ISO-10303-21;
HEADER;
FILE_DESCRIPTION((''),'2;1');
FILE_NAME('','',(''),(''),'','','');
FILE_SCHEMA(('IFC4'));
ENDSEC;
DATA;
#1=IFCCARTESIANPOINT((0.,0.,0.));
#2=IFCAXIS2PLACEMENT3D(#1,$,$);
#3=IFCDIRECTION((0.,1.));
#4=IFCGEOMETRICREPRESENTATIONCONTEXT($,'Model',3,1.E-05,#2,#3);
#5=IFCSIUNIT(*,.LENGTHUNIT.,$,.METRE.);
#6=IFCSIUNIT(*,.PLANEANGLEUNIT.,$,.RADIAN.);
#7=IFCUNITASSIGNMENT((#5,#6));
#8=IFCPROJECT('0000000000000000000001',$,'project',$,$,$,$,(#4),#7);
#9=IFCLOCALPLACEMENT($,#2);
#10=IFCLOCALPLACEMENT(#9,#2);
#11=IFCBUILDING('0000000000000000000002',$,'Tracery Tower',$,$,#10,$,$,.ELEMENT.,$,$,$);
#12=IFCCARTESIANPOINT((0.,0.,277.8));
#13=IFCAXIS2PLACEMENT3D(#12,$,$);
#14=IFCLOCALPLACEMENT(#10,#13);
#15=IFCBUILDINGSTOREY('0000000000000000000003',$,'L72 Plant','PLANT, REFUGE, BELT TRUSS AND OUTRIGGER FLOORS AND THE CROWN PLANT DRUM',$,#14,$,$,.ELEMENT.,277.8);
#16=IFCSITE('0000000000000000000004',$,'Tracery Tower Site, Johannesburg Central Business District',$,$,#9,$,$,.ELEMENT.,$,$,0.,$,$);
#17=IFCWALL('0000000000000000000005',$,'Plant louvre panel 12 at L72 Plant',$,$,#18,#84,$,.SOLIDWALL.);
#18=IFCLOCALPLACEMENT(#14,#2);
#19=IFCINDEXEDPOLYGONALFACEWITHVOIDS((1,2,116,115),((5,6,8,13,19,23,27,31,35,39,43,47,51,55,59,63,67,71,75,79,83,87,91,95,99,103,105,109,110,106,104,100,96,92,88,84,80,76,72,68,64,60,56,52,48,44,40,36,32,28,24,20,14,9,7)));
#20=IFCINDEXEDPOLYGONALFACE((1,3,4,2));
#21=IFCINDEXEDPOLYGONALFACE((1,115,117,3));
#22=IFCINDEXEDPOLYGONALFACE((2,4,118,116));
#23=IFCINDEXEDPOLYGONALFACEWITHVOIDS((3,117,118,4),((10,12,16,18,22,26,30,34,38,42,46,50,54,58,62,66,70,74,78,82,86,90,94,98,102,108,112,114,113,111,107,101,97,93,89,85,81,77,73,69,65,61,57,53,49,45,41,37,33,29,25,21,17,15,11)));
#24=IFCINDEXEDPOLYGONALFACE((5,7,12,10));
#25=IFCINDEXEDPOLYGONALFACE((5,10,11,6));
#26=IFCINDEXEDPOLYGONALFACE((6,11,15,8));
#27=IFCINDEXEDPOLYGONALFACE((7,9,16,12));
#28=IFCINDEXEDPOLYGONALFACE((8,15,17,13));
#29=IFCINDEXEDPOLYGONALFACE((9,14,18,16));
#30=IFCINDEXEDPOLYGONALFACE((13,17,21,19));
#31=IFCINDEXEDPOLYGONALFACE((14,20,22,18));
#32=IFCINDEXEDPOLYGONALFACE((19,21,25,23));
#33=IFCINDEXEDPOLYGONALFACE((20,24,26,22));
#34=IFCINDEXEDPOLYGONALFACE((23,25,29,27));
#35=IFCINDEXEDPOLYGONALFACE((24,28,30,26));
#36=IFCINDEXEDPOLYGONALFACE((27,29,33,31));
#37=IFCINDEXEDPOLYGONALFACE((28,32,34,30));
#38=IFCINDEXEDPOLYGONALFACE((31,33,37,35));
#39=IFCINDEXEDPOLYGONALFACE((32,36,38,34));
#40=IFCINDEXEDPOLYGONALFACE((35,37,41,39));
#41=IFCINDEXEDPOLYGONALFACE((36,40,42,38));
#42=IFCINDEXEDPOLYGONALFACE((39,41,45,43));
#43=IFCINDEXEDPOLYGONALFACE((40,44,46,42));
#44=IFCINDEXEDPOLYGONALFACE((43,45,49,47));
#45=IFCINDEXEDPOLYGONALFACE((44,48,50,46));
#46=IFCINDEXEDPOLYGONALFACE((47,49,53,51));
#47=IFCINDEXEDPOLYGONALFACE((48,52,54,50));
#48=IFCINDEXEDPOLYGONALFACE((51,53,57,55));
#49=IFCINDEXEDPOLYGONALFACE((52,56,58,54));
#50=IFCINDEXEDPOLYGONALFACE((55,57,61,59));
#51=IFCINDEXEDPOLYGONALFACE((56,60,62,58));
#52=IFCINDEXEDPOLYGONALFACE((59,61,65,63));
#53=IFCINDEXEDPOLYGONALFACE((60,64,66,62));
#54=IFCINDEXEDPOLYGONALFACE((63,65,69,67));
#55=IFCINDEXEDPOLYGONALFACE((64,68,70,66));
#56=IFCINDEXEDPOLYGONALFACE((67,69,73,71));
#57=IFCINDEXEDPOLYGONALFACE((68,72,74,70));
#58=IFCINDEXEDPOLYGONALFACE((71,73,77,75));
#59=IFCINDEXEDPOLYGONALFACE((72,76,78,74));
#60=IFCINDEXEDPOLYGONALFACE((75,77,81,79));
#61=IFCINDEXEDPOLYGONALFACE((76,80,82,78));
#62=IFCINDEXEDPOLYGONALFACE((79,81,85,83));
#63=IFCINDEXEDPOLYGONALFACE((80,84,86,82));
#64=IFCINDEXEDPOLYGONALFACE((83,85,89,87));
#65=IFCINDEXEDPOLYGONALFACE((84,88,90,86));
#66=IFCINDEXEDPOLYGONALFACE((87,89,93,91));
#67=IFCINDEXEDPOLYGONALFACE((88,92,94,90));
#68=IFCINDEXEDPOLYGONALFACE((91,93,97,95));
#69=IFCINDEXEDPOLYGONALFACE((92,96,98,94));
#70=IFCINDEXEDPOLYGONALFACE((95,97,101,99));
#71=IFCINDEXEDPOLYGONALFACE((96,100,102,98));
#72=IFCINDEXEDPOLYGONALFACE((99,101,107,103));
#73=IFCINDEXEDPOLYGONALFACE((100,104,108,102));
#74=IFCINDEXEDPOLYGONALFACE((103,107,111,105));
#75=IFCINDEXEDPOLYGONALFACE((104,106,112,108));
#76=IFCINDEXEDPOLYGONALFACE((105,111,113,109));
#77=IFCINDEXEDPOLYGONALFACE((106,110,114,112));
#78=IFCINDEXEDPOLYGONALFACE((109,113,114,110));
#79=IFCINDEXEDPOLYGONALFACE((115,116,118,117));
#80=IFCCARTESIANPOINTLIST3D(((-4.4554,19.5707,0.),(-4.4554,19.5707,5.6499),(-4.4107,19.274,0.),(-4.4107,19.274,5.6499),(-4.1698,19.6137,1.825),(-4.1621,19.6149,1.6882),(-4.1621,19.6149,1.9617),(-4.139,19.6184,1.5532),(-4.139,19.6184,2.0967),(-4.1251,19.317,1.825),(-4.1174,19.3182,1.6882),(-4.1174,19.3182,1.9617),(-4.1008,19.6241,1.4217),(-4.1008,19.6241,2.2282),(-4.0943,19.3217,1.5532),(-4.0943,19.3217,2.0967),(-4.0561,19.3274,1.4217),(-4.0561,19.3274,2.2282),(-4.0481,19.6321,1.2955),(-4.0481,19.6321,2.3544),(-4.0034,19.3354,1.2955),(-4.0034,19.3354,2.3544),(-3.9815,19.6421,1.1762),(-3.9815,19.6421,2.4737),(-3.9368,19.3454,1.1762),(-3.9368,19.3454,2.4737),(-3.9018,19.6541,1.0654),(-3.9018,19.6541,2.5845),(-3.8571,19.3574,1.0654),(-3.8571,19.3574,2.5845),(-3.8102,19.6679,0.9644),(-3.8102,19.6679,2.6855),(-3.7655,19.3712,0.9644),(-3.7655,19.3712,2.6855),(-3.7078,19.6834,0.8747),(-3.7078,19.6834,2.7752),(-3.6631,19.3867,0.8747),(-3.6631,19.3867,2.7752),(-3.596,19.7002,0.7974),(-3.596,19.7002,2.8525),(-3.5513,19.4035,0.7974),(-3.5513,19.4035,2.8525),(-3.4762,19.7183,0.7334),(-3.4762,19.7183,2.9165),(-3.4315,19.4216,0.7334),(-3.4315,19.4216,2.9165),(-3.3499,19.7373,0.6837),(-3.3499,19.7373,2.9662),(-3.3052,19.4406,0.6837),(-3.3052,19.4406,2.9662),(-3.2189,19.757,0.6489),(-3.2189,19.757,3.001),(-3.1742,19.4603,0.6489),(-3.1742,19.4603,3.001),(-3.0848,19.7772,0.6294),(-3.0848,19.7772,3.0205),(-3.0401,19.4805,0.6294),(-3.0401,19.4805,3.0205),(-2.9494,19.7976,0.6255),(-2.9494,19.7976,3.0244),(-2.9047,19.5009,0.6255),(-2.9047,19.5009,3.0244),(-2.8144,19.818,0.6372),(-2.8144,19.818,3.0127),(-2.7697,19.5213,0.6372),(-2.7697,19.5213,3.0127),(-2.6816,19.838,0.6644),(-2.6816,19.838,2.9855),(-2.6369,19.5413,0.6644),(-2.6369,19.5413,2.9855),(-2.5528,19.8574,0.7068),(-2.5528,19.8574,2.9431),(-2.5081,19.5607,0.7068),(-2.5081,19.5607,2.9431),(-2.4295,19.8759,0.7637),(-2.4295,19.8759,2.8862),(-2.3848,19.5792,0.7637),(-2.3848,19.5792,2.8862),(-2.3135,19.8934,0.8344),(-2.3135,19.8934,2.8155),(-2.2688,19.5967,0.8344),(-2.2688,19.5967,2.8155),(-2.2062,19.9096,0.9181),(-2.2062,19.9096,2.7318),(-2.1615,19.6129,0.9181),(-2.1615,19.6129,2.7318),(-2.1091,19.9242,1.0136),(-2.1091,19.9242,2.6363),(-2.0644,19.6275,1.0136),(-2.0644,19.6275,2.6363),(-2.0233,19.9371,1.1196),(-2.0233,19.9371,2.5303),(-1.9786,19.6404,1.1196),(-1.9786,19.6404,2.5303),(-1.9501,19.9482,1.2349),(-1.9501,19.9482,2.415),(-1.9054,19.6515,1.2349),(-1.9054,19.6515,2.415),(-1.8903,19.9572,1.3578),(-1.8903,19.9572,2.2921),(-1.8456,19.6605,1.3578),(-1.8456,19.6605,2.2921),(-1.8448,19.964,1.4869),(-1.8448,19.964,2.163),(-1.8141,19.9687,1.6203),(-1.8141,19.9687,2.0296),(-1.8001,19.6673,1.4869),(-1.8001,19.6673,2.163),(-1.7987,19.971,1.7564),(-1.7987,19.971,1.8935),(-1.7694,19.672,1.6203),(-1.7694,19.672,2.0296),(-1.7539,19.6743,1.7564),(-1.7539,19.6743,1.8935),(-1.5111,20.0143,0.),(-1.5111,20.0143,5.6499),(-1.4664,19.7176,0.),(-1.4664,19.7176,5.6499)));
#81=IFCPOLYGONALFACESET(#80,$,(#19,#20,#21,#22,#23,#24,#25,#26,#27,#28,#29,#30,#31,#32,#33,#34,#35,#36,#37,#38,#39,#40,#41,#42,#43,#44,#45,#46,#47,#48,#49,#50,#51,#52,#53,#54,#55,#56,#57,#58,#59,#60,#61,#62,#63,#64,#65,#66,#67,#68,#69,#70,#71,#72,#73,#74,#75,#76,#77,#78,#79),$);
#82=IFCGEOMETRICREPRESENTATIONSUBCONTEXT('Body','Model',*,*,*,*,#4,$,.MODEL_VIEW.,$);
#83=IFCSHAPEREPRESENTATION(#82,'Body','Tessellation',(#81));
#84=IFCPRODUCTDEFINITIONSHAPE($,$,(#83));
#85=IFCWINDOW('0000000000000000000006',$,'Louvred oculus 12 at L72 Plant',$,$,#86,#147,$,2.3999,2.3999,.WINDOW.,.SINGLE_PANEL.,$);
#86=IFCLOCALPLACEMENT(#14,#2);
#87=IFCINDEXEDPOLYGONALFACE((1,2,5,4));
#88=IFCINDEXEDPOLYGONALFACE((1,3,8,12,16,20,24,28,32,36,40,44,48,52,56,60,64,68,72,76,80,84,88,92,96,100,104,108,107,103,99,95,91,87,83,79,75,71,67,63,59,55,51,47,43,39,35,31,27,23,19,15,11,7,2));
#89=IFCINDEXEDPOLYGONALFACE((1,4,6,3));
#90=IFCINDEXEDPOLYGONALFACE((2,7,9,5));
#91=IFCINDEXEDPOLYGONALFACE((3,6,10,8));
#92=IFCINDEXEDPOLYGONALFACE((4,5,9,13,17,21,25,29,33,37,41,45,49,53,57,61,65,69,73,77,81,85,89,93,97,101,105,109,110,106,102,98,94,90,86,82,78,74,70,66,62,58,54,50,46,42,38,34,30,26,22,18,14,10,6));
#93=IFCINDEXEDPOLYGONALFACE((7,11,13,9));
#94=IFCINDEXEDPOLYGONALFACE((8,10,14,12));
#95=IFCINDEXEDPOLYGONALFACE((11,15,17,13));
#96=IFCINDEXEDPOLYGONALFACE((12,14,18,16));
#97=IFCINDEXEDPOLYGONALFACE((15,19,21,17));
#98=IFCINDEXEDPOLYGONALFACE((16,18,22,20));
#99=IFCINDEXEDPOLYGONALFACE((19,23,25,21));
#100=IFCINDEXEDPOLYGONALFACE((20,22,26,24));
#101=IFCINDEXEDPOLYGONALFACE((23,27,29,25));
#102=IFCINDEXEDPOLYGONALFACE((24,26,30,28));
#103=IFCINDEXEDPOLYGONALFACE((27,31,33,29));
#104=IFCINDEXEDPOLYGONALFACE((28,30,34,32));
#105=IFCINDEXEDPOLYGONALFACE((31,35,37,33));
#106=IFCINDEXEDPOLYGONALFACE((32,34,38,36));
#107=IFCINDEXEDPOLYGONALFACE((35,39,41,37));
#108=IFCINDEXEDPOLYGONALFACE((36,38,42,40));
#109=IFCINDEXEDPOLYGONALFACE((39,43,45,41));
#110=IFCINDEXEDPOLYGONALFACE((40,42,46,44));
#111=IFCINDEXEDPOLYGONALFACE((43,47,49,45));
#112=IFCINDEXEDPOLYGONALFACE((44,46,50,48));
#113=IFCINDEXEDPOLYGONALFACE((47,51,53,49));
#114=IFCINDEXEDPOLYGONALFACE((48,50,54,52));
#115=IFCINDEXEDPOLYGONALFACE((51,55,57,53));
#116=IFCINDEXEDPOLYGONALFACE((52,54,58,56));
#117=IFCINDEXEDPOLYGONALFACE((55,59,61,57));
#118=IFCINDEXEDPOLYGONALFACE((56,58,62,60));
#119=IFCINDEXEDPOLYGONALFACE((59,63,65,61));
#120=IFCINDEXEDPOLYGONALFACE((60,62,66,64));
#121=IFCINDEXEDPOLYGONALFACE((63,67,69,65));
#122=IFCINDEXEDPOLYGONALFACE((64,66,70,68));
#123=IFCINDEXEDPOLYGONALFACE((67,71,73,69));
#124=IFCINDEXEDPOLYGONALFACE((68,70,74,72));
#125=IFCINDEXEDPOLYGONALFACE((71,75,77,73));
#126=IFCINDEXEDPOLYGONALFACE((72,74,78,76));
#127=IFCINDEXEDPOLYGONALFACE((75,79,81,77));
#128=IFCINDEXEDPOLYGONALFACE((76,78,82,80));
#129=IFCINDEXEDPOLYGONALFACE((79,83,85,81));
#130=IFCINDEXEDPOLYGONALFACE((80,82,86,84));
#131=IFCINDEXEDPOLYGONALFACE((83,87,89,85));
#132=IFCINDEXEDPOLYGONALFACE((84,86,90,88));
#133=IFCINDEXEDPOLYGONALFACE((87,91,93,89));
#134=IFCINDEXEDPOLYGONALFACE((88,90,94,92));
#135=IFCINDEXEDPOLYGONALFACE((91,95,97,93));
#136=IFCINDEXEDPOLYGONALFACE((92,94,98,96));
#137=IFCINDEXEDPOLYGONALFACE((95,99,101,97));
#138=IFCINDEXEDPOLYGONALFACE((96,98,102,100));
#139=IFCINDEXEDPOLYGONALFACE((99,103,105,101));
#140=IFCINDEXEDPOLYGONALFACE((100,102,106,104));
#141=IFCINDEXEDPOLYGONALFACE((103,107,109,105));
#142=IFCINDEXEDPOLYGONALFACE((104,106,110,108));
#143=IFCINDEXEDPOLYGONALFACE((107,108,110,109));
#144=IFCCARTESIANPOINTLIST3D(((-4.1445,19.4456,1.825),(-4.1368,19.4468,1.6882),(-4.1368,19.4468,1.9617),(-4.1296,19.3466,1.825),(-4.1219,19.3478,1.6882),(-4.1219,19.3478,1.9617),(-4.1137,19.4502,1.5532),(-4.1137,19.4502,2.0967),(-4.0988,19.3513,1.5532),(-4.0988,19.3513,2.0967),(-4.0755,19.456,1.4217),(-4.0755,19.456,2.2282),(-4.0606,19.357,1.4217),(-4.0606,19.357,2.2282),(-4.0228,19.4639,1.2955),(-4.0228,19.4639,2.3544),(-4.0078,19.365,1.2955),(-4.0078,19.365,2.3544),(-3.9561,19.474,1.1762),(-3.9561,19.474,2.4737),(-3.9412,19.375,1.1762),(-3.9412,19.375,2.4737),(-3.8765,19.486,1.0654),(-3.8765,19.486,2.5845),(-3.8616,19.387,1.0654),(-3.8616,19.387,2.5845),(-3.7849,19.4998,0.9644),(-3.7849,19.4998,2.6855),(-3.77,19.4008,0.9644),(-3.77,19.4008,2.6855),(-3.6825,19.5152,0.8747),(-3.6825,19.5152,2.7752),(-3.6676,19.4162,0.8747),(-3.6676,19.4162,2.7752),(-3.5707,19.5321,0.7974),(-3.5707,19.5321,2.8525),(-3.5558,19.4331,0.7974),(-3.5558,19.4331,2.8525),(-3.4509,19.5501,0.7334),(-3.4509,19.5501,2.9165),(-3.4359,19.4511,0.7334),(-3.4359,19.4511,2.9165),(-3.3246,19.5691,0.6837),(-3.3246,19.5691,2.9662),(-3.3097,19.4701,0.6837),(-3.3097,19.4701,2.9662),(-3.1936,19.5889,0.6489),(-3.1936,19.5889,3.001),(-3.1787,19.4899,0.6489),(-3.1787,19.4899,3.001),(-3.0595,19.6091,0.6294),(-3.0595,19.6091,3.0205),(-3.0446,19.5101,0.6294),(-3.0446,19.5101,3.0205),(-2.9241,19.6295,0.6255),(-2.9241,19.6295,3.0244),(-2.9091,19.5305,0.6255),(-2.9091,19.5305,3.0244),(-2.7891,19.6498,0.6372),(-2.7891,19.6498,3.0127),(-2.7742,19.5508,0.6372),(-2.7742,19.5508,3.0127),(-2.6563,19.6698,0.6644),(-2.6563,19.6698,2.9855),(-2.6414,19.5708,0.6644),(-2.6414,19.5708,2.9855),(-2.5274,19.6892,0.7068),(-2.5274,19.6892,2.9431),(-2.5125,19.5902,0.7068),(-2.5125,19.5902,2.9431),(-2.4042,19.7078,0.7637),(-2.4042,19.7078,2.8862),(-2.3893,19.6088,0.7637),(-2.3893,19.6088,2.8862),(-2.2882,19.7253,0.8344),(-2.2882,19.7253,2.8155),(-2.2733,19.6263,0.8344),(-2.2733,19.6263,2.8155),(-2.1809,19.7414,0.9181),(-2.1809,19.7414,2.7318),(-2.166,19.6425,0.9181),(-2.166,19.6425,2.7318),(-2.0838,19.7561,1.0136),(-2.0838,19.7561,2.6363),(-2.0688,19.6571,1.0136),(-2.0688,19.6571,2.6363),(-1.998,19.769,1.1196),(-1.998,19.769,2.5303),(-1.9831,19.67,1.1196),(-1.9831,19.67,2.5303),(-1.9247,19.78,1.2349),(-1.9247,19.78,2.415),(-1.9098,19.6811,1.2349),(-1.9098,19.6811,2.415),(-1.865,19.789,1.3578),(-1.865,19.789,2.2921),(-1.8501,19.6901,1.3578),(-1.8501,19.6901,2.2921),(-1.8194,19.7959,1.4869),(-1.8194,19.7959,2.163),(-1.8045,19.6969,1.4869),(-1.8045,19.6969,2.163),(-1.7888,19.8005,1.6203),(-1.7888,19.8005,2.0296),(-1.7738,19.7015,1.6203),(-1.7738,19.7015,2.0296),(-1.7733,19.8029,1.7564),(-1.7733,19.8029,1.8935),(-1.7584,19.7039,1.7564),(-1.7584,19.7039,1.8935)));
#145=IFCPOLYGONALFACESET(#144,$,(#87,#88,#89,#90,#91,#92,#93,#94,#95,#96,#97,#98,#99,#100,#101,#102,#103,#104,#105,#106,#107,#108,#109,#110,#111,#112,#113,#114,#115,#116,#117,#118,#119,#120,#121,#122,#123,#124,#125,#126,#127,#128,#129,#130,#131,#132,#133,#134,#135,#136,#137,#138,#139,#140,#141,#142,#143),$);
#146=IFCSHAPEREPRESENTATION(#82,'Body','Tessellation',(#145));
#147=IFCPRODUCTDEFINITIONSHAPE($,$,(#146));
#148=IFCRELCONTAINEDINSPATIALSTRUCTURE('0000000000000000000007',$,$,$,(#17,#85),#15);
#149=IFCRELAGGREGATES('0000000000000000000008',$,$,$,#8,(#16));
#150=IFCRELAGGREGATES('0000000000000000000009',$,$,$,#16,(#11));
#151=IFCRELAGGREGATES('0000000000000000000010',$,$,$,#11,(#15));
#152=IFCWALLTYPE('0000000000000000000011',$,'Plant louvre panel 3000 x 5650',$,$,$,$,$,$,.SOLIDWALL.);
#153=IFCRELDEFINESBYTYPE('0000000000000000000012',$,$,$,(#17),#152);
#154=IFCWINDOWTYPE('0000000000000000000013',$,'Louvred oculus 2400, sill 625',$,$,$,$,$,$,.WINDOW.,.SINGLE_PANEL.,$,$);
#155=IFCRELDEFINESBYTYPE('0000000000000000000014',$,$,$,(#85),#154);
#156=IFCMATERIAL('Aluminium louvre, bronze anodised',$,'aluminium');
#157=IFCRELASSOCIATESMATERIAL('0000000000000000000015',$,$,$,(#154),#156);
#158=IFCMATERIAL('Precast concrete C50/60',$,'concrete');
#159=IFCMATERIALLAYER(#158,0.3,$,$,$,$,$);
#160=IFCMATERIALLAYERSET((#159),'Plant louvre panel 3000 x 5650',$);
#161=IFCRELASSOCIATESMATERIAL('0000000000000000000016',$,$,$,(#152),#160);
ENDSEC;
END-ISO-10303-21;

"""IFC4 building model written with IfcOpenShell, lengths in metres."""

from ifc_helpers import new_model, si_unit, direction, frame, frame_2d, origin, origin_2d, place, context, subcontext, project, spatial, rectangle, circle, extrude, material, layer, layer_set, type_object, element, fill, save


model = new_model("IFC4")

# Units and contexts
model_context = context("Model", 3, precision=1e-05, world=origin(), true_north=direction((0.0, 1.0)))
body_context = subcontext(model_context, "Body", "Model", "MODEL_VIEW")
ifc_project = project(units=[si_unit("LENGTHUNIT", "METRE"), si_unit("PLANEANGLEUNIT", "RADIAN")], contexts=[model_context])

# Site, building, storey
site_placement = place(None, origin())
site = spatial("IfcSite", under=ifc_project, at=site_placement, Name="Tracery Tower Site, Johannesburg Central Business District", CompositionType="ELEMENT", RefElevation=0.0)
building_placement = place(site_placement, origin())
building = spatial("IfcBuilding", under=site, at=building_placement, Name="Tracery Tower", CompositionType="ELEMENT")
storey_placement = place(building_placement, frame((0.0, 0.0, 277.8)))
storey = spatial("IfcBuildingStorey", under=building, at=storey_placement, Name="L72 Plant", Description="PLANT, REFUGE, BELT TRUSS AND OUTRIGGER FLOORS AND THE CROWN PLANT DRUM", CompositionType="ELEMENT", Elevation=277.8)

# Wall, opening, window
ifc_material_1 = material(Name="Aluminium louvre, bronze anodised", Category="aluminium")
window_type = type_object("IfcWindowType", Name="Louvred oculus 2400, sill 625", PartitioningType="SINGLE_PANEL", PredefinedType="WINDOW", material=ifc_material_1)
ifc_material_2 = material(Name="Precast concrete C50/60", Category="concrete")
ifc_layer_1 = layer(ifc_material_2, 0.3)
ifc_layer_set_1 = layer_set([ifc_layer_1], Name="Plant louvre panel 3000 x 5650")
wall_type_1 = type_object("IfcWallType", Name="Plant louvre panel 3000 x 5650", PredefinedType="SOLIDWALL", material=ifc_layer_set_1)
wall_1_placement = place(storey_placement, frame((-1.4888, 19.866, 0.0), z_axis=(0.0, 0.0, 1.0), x_axis=(-0.98884, -0.148982, 0.0)))
wall_1 = element("IfcWall", 1, at=wall_1_placement, inside=storey, type_object=wall_type_1, Name="Plant louvre panel 12 at L72 Plant", PredefinedType="SOLIDWALL", context=body_context, shape_type="SweptSolid", body=[
    extrude(rectangle(XDim=2.9775, YDim=0.3, at=frame_2d((1.4888, 0.0))), origin(), (0.0, 0.0, 1.0), 5.6499),
])
opening_1_placement = place(wall_1_placement, frame((1.4888, 0.0, 1.825)))
opening_1 = element("IfcOpeningElement", 2, at=opening_1_placement, cuts=wall_1, PredefinedType="OPENING", context=body_context, shape_type="SweptSolid", body=[
    extrude(circle(Radius=1.2, at=origin_2d()), frame((0.0, 0.1599, 0.0), z_axis=(0.0, -1.0, 0.0), x_axis=(1.0, 0.0, 0.0)), (0.0, 0.0, 1.0), 0.3201),
])
window_1_placement = place(opening_1_placement, origin())
window_1 = element("IfcWindow", 3, at=window_1_placement, inside=storey, type_object=window_type, Name="Louvred oculus 12 at L72 Plant", OverallHeight=2.3999, OverallWidth=2.3999, PartitioningType="SINGLE_PANEL", PredefinedType="WINDOW", context=body_context, shape_type="SweptSolid", body=[
    extrude(circle(Radius=1.2, at=origin_2d()), frame((0.0, 0.1201, 0.0), z_axis=(0.0, -1.0, 0.0), x_axis=(1.0, 0.0, 0.0)), (0.0, 0.0, 1.0), 0.1001),
])
fill(opening_1, window_1)

save(model, "model.ifc")
